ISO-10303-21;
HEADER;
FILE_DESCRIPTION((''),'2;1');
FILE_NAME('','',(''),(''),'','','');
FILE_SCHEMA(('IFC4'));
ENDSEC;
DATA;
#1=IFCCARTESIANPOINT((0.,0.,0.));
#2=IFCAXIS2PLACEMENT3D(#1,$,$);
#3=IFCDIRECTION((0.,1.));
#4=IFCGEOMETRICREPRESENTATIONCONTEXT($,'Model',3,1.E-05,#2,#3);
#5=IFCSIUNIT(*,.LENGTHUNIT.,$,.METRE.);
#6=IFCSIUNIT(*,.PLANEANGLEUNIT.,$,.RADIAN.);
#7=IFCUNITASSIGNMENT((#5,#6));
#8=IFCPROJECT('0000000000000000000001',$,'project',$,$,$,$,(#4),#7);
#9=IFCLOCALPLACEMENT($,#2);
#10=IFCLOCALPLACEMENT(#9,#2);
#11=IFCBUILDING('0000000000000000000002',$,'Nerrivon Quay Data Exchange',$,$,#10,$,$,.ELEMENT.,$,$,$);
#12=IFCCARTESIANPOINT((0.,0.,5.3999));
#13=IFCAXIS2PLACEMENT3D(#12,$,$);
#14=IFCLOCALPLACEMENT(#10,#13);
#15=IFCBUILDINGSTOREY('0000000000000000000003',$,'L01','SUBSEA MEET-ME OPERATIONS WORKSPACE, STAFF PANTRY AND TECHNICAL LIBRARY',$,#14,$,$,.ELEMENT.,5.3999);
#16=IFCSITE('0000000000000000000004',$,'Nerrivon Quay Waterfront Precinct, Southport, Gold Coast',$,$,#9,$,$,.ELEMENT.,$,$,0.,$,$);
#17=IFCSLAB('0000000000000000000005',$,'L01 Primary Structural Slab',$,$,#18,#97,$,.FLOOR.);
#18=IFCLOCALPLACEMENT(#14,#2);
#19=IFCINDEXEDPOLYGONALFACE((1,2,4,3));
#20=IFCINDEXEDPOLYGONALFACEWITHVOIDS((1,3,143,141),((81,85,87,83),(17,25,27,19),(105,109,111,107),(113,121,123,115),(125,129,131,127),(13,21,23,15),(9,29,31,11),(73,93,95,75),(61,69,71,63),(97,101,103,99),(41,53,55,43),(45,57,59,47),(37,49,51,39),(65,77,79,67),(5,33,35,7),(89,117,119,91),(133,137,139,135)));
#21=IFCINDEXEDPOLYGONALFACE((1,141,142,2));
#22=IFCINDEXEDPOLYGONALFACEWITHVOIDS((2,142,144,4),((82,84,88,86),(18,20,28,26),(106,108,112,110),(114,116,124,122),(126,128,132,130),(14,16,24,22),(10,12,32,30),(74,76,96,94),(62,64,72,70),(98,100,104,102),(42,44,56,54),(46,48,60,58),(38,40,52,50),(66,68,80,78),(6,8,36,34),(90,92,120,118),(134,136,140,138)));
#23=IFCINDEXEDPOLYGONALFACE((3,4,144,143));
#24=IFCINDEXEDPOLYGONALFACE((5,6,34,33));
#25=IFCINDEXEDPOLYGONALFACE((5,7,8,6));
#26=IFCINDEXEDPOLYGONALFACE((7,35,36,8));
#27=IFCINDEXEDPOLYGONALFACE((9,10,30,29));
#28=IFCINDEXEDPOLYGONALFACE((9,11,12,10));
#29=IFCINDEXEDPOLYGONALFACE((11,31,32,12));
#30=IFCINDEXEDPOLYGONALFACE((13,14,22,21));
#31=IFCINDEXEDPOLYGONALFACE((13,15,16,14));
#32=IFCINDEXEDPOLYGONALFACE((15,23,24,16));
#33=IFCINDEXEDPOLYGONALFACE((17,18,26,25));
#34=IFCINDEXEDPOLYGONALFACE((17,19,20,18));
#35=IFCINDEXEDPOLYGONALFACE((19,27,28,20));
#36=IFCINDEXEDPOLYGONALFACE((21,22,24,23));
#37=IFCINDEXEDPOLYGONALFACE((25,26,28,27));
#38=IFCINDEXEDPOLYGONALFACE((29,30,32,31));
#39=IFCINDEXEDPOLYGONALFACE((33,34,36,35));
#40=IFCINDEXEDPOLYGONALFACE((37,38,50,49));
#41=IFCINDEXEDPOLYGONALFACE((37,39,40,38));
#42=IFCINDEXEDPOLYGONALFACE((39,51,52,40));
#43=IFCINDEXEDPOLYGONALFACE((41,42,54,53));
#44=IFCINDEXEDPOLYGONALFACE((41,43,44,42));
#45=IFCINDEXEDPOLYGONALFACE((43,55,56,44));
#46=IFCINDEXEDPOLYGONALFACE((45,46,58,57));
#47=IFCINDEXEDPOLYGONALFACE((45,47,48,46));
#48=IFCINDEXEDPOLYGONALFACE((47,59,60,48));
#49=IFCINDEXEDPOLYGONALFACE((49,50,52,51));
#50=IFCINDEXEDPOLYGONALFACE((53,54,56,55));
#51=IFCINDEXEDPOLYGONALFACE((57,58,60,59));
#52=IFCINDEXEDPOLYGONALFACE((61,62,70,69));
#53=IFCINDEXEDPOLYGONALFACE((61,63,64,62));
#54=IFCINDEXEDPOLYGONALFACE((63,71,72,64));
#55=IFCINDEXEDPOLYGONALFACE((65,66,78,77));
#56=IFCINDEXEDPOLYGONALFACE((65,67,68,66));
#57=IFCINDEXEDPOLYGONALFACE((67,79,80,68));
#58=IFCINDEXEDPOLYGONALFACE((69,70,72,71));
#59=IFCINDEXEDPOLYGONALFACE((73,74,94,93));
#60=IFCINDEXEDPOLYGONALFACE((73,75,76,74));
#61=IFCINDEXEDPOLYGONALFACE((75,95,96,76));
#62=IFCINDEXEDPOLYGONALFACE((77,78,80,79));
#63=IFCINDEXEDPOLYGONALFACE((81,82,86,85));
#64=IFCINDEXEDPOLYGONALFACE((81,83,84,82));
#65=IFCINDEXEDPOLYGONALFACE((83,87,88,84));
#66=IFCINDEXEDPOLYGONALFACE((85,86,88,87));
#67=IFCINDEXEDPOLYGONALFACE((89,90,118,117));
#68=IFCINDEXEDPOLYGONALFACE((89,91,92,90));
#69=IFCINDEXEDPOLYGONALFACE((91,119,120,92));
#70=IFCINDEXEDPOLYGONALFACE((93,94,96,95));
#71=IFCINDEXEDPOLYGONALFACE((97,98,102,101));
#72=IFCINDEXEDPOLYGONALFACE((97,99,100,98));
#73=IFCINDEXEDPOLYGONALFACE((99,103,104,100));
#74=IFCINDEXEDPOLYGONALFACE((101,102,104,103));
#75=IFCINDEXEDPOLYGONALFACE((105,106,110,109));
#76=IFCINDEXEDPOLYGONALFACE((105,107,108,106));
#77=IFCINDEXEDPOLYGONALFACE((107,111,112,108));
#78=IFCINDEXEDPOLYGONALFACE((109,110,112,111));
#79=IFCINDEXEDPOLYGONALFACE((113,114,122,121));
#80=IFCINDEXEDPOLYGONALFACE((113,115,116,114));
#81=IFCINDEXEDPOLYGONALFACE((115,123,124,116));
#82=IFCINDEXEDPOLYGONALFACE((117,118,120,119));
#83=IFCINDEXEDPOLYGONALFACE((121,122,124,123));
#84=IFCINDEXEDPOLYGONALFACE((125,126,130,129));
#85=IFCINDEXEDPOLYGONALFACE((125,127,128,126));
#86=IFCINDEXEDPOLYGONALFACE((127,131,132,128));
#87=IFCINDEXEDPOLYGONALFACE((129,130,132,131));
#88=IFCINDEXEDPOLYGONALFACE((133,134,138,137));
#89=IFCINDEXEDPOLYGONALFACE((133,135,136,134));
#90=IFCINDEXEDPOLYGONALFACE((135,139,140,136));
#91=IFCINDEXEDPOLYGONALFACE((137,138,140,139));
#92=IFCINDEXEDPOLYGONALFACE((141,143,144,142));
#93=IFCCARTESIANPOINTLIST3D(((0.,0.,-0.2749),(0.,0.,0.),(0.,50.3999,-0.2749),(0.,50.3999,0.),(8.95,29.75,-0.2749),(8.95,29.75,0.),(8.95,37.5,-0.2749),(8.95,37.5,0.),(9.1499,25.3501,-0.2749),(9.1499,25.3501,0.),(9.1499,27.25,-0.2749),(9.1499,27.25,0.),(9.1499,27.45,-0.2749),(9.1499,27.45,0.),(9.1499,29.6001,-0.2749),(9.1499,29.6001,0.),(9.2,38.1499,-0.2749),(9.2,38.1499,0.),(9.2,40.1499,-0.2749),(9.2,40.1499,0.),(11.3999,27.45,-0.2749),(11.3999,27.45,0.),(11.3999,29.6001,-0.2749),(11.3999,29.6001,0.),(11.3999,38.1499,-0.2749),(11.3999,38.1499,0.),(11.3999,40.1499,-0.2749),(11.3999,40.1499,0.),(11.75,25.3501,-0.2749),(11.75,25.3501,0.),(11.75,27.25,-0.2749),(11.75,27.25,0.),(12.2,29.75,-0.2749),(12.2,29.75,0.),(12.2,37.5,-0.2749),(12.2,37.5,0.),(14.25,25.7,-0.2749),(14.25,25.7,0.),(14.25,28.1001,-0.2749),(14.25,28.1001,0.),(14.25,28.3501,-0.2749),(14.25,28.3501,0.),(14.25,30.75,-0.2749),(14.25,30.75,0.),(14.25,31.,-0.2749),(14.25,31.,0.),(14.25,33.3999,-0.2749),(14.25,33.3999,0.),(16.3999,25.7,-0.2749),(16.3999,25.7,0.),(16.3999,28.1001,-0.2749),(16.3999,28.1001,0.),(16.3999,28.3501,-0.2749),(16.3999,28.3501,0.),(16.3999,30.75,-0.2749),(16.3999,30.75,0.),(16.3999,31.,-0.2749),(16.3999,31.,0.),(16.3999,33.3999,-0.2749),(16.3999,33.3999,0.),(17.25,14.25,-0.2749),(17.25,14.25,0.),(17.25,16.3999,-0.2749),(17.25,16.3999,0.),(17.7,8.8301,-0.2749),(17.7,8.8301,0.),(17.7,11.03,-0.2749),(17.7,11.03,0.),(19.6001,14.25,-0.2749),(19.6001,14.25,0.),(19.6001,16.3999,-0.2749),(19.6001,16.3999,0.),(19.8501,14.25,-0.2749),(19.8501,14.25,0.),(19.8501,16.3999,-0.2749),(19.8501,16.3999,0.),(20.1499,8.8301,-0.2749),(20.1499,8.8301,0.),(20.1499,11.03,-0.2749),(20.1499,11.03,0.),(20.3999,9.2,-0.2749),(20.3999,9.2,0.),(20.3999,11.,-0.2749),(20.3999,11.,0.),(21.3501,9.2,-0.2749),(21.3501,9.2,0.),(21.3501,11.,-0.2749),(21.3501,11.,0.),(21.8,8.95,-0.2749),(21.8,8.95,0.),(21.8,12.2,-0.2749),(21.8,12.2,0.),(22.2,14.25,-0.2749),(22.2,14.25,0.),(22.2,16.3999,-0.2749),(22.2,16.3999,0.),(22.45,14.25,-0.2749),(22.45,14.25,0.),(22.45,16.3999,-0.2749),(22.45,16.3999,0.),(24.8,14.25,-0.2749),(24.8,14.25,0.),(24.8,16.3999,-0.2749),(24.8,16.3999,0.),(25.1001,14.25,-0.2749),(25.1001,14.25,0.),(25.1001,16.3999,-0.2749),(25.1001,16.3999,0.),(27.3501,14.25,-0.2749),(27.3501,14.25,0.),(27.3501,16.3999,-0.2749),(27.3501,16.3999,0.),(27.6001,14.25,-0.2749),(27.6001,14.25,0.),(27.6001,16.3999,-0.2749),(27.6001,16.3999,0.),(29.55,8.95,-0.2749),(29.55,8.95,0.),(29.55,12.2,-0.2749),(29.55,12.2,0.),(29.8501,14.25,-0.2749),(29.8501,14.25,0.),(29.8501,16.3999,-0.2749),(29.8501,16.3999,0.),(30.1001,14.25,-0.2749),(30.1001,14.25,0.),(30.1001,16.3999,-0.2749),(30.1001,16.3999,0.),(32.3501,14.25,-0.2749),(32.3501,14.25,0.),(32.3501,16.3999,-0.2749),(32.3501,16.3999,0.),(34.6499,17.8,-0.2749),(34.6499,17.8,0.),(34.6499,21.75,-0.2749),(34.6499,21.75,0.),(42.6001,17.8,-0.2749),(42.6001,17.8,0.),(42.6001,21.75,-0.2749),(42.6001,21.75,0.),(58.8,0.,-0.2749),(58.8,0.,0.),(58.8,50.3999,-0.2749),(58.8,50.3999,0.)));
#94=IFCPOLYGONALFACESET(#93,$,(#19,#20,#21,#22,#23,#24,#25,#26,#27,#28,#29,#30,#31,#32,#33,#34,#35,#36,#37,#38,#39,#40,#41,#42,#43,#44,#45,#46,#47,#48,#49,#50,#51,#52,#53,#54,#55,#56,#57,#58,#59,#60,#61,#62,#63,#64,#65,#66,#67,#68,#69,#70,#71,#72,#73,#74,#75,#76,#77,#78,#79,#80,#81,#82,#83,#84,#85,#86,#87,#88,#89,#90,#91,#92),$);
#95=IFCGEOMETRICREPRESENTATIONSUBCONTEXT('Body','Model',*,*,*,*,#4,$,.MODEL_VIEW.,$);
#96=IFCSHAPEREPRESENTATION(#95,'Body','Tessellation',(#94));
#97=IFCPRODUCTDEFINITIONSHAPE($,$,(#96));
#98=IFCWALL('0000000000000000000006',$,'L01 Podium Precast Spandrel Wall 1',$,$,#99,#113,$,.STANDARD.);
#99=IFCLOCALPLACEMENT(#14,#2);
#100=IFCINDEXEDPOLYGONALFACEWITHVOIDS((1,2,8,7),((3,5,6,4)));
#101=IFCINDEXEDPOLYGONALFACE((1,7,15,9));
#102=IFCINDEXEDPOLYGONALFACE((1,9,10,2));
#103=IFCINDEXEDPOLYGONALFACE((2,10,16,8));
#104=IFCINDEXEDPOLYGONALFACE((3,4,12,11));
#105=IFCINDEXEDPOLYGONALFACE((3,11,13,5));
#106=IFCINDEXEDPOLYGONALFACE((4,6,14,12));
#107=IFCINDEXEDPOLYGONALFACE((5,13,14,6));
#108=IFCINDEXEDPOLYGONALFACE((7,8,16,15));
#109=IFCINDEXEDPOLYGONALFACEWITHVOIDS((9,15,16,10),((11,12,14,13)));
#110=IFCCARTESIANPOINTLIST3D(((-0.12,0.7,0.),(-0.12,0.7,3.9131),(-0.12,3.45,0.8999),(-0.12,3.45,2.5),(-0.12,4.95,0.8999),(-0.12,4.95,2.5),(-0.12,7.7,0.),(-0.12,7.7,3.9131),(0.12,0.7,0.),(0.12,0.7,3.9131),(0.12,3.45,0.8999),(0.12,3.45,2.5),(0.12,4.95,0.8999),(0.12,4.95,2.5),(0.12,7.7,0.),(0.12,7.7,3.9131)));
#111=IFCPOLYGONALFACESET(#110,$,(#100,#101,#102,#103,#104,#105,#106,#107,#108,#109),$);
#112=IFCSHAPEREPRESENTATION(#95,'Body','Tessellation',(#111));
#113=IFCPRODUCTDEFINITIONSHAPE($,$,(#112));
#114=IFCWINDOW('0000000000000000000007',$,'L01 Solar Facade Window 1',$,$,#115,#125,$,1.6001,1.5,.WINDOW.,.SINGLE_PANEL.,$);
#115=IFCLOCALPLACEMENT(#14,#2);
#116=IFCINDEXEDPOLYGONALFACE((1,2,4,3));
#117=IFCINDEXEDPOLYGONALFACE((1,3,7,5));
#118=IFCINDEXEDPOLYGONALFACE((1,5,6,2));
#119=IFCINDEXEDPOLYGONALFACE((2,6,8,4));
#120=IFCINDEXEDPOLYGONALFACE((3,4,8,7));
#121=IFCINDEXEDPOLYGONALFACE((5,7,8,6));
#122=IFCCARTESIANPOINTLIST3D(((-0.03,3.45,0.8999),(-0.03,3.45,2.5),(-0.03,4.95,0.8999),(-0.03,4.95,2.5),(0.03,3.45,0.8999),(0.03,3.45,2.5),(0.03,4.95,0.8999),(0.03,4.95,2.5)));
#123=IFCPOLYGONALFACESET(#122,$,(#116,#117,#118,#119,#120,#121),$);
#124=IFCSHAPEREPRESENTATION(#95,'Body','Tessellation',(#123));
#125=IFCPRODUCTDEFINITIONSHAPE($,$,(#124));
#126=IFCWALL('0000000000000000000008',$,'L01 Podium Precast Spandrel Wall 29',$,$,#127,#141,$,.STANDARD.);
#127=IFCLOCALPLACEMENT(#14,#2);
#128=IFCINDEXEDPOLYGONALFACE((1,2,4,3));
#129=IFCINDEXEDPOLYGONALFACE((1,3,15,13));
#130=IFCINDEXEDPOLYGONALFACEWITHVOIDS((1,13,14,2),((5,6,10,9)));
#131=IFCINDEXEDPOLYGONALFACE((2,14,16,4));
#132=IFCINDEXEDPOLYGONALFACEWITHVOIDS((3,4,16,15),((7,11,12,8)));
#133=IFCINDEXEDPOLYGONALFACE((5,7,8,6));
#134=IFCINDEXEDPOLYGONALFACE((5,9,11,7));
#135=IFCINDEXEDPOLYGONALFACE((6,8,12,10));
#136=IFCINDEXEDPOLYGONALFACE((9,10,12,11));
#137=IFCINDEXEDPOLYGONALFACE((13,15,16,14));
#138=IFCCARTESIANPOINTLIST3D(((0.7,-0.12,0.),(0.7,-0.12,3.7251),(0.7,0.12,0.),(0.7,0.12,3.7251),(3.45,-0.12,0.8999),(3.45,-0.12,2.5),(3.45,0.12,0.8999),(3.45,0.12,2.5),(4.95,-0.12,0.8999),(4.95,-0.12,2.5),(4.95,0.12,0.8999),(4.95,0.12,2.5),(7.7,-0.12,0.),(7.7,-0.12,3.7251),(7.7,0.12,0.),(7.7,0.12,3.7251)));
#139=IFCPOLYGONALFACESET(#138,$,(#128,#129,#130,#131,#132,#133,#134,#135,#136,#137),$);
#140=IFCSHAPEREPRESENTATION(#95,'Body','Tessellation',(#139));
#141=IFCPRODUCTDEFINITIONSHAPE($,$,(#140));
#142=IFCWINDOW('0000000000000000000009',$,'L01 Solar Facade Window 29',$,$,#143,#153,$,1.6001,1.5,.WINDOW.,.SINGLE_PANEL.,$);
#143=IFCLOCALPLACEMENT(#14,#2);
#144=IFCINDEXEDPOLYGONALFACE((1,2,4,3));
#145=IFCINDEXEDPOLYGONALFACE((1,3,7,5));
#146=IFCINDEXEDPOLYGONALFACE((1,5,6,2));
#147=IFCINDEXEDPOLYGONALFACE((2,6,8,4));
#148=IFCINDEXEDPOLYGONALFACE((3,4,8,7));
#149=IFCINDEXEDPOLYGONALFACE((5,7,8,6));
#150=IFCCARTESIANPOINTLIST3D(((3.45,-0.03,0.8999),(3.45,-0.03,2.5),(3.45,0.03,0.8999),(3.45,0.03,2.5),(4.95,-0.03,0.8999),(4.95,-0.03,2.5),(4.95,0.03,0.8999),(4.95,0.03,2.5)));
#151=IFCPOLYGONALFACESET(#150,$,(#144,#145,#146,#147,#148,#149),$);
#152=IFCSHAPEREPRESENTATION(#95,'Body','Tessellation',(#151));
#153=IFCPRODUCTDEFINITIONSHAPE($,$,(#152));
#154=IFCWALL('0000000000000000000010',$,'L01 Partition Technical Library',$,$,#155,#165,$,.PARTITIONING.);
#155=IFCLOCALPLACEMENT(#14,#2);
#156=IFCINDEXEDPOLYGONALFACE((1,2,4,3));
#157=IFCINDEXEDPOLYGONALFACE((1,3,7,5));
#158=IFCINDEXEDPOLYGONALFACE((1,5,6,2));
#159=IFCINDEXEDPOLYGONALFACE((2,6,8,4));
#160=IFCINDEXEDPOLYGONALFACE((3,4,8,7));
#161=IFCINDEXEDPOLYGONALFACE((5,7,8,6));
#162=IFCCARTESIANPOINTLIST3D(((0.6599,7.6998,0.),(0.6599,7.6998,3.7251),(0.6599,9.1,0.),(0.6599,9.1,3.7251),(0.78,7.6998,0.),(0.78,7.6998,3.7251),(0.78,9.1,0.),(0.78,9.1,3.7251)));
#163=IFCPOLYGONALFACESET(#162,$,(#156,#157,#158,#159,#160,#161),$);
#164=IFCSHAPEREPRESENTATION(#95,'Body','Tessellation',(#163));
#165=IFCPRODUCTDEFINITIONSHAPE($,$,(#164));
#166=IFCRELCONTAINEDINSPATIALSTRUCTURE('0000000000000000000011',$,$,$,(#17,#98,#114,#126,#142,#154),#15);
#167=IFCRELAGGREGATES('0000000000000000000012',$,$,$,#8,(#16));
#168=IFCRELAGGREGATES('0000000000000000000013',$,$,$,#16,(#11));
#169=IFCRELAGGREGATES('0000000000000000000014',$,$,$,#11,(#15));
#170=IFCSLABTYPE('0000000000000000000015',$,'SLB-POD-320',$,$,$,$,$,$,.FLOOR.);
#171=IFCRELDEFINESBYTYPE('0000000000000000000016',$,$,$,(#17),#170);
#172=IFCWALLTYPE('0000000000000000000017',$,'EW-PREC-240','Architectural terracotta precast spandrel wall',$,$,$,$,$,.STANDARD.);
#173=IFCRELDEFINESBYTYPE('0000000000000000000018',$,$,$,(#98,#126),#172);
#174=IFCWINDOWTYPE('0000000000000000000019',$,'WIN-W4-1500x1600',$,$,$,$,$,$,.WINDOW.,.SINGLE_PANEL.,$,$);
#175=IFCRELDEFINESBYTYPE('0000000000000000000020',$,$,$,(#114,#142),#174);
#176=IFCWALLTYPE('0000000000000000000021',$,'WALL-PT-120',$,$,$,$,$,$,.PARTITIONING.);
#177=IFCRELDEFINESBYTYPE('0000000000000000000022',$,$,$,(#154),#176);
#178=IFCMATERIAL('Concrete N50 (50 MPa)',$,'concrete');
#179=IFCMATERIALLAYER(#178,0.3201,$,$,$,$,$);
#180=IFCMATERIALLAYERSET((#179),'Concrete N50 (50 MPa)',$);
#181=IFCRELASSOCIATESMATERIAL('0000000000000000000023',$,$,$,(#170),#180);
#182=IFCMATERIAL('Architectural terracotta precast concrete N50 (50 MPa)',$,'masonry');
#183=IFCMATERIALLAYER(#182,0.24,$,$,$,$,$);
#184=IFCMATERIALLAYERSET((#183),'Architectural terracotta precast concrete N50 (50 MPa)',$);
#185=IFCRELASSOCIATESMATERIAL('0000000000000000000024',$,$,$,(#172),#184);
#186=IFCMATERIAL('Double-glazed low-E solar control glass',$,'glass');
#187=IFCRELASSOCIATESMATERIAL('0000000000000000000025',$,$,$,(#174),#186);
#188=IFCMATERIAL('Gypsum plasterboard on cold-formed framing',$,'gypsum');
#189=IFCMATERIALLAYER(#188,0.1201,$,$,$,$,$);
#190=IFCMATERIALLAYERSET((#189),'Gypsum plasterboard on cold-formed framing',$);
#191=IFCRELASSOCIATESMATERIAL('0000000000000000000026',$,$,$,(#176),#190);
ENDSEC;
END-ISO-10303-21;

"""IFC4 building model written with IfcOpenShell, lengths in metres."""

from ifc_helpers import new_model, si_unit, direction, frame, frame_2d, origin, place, context, subcontext, project, spatial, polyline, rectangle, outline, extrude, material, layer, layer_set, type_object, element, fill, save


model = new_model("IFC4")

# Units and contexts
model_context = context("Model", 3, precision=1e-05, world=origin(), true_north=direction((0.0, 1.0)))
body_context = subcontext(model_context, "Body", "Model", "MODEL_VIEW")
ifc_project = project(units=[si_unit("LENGTHUNIT", "METRE"), si_unit("PLANEANGLEUNIT", "RADIAN")], contexts=[model_context])

# Site, building, storey
site_placement = place(None, origin())
site = spatial("IfcSite", under=ifc_project, at=site_placement, Name="Nerrivon Quay Waterfront Precinct, Southport, Gold Coast", CompositionType="ELEMENT", RefElevation=0.0)
building_placement = place(site_placement, origin())
building = spatial("IfcBuilding", under=site, at=building_placement, Name="Nerrivon Quay Data Exchange", CompositionType="ELEMENT")
storey_placement = place(building_placement, frame((0.0, 0.0, 5.3999)))
storey = spatial("IfcBuildingStorey", under=building, at=storey_placement, Name="L01", Description="SUBSEA MEET-ME OPERATIONS WORKSPACE, STAFF PANTRY AND TECHNICAL LIBRARY", CompositionType="ELEMENT", Elevation=5.3999)

# Shared definitions
ifc_material_1 = material(Name="Concrete N50 (50 MPa)", Category="concrete")

# Slab
ifc_layer_1 = layer(ifc_material_1, 0.3201)
ifc_layer_set_1 = layer_set([ifc_layer_1], Name="Concrete N50 (50 MPa)")
slab_type_1 = type_object("IfcSlabType", Name="SLB-POD-320", PredefinedType="FLOOR", material=ifc_layer_set_1)
slab_1_placement = place(storey_placement, frame((0.0, 0.0, -0.2749)))
element("IfcSlab", 1, at=slab_1_placement, inside=storey, type_object=slab_type_1, Name="L01 Primary Structural Slab", PredefinedType="FLOOR", context=body_context, shape_type="SweptSolid", body=[
    extrude(outline(polyline([(58.8, 0.0), (58.8, 50.3999), (0.0, 50.3999), (0.0, 0.0), (58.8, 0.0)]), holes=[polyline([(8.95, 29.75), (8.95, 37.5), (12.2, 37.5), (12.2, 29.75), (8.95, 29.75)]), polyline([(21.8, 12.2), (29.55, 12.2), (29.55, 8.95), (21.8, 8.95), (21.8, 12.2)]), polyline([(34.6499, 21.75), (42.6001, 21.75), (42.6001, 17.8), (34.6499, 17.8), (34.6499, 21.75)]), polyline([(30.1001, 16.3999), (32.3501, 16.3999), (32.3501, 14.25), (30.1001, 14.25), (30.1001, 16.3999)]), polyline([(27.6001, 16.3999), (29.8501, 16.3999), (29.8501, 14.25), (27.6001, 14.25), (27.6001, 16.3999)]), polyline([(25.1001, 16.3999), (27.3501, 16.3999), (27.3501, 14.25), (25.1001, 14.25), (25.1001, 16.3999)]), polyline([(22.45, 16.3999), (24.8, 16.3999), (24.8, 14.25), (22.45, 14.25), (22.45, 16.3999)]), polyline([(19.8501, 16.3999), (22.2, 16.3999), (22.2, 14.25), (19.8501, 14.25), (19.8501, 16.3999)]), polyline([(20.3999, 11.0), (21.3501, 11.0), (21.3501, 9.2), (20.3999, 9.2), (20.3999, 11.0)]), polyline([(17.7, 8.8301), (17.7, 11.03), (20.1499, 11.03), (20.1499, 8.8301), (17.7, 8.8301)]), polyline([(17.25, 14.25), (17.25, 16.3999), (19.6001, 16.3999), (19.6001, 14.25), (17.25, 14.25)]), polyline([(14.25, 28.1001), (16.3999, 28.1001), (16.3999, 25.7), (14.25, 25.7), (14.25, 28.1001)]), polyline([(14.25, 30.75), (16.3999, 30.75), (16.3999, 28.3501), (14.25, 28.3501), (14.25, 30.75)]), polyline([(14.25, 33.3999), (16.3999, 33.3999), (16.3999, 31.0), (14.25, 31.0), (14.25, 33.3999)]), polyline([(9.1499, 27.25), (11.75, 27.25), (11.75, 25.3501), (9.1499, 25.3501), (9.1499, 27.25)]), polyline([(9.1499, 29.6001), (11.3999, 29.6001), (11.3999, 27.45), (9.1499, 27.45), (9.1499, 29.6001)]), polyline([(9.2, 40.1499), (11.3999, 40.1499), (11.3999, 38.1499), (9.2, 38.1499), (9.2, 40.1499)])]), origin(), (0.0, 0.0, 1.0), 0.2749),
])

# Walls, openings, windows
ifc_material_2 = material(Name="Architectural terracotta precast concrete N50 (50 MPa)", Category="masonry")
ifc_layer_2 = layer(ifc_material_2, 0.24)
ifc_layer_set_2 = layer_set([ifc_layer_2], Name="Architectural terracotta precast concrete N50 (50 MPa)")
wall_type_1 = type_object("IfcWallType", Name="EW-PREC-240", Description="Architectural terracotta precast spandrel wall", PredefinedType="STANDARD", material=ifc_layer_set_2)
wall_1_placement = place(storey_placement, frame((0.0, 0.7, 0.0), z_axis=(0.0, 0.0, 1.0), x_axis=(0.0, 1.0, 0.0)))
wall_1 = element("IfcWall", 2, at=wall_1_placement, inside=storey, type_object=wall_type_1, Name="L01 Podium Precast Spandrel Wall 1", PredefinedType="STANDARD", context=body_context, shape_type="SweptSolid", body=[
    extrude(rectangle(XDim=7.0, YDim=0.24, at=frame_2d((3.5, 0.0))), origin(), (0.0, 0.0, 1.0), 3.9131),
])
opening_1_placement = place(wall_1_placement, frame((2.75, 0.0, 0.8999)))
opening_1 = element("IfcOpeningElement", 3, at=opening_1_placement, cuts=wall_1, PredefinedType="OPENING", context=body_context, shape_type="SweptSolid", body=[
    extrude(rectangle(XDim=1.5, YDim=1.6001, at=frame_2d((0.75, 0.8))), frame((0.0, 0.1299, 0.0), z_axis=(0.0, -1.0, 0.0), x_axis=(1.0, 0.0, 0.0)), (0.0, 0.0, 1.0), 0.26),
])
ifc_material_3 = material(Name="Double-glazed low-E solar control glass", Category="glass")
window_type = type_object("IfcWindowType", Name="WIN-W4-1500x1600", PartitioningType="SINGLE_PANEL", PredefinedType="WINDOW", material=ifc_material_3)
window_1_placement = place(opening_1_placement, origin())
window_1 = element("IfcWindow", 4, at=window_1_placement, inside=storey, type_object=window_type, Name="L01 Solar Facade Window 1", OverallHeight=1.6001, OverallWidth=1.5, PartitioningType="SINGLE_PANEL", PredefinedType="WINDOW", context=body_context, shape_type="SweptSolid", body=[
    extrude(rectangle(XDim=1.5, YDim=1.6001, at=frame_2d((0.75, 0.8))), frame((0.0, 0.03, 0.0), z_axis=(0.0, -1.0, 0.0), x_axis=(1.0, 0.0, 0.0)), (0.0, 0.0, 1.0), 0.0601),
])
fill(opening_1, window_1)
wall_2_placement = place(storey_placement, frame((7.7, 0.0, 0.0), z_axis=(0.0, 0.0, 1.0), x_axis=(-1.0, 0.0, 0.0)))
wall_2 = element("IfcWall", 5, at=wall_2_placement, inside=storey, type_object=wall_type_1, Name="L01 Podium Precast Spandrel Wall 29", PredefinedType="STANDARD", context=body_context, shape_type="SweptSolid", body=[
    extrude(rectangle(XDim=7.0, YDim=0.24, at=frame_2d((3.5, 0.0))), origin(), (0.0, 0.0, 1.0), 3.7251),
])
opening_2_placement = place(wall_2_placement, frame((2.75, 0.0, 0.8999)))
opening_2 = element("IfcOpeningElement", 6, at=opening_2_placement, cuts=wall_2, PredefinedType="OPENING", context=body_context, shape_type="SweptSolid", body=[
    extrude(rectangle(XDim=1.5, YDim=1.6001, at=frame_2d((0.75, 0.8))), frame((0.0, 0.1299, 0.0), z_axis=(0.0, -1.0, 0.0), x_axis=(1.0, 0.0, 0.0)), (0.0, 0.0, 1.0), 0.26),
])
window_2_placement = place(opening_2_placement, origin())
window_2 = element("IfcWindow", 7, at=window_2_placement, inside=storey, type_object=window_type, Name="L01 Solar Facade Window 29", OverallHeight=1.6001, OverallWidth=1.5, PartitioningType="SINGLE_PANEL", PredefinedType="WINDOW", context=body_context, shape_type="SweptSolid", body=[
    extrude(rectangle(XDim=1.5, YDim=1.6001, at=frame_2d((0.75, 0.8))), frame((0.0, 0.03, 0.0), z_axis=(0.0, -1.0, 0.0), x_axis=(1.0, 0.0, 0.0)), (0.0, 0.0, 1.0), 0.0601),
])
fill(opening_2, window_2)

# Wall
ifc_material_4 = material(Name="Gypsum plasterboard on cold-formed framing", Category="gypsum")
ifc_layer_3 = layer(ifc_material_4, 0.1201)
ifc_layer_set_3 = layer_set([ifc_layer_3], Name="Gypsum plasterboard on cold-formed framing")
wall_type_2 = type_object("IfcWallType", Name="WALL-PT-120", PredefinedType="PARTITIONING", material=ifc_layer_set_3)
wall_3_placement = place(storey_placement, frame((0.72, 9.1001, 0.0), z_axis=(0.0, 0.0, 1.0), x_axis=(0.0, -1.0, 0.0)))
element("IfcWall", 8, at=wall_3_placement, inside=storey, type_object=wall_type_2, Name="L01 Partition Technical Library", PredefinedType="PARTITIONING", context=body_context, shape_type="SweptSolid", body=[
    extrude(rectangle(XDim=1.4001, YDim=0.1201, at=frame_2d((0.7002, 0.0))), origin(), (0.0, 0.0, 1.0), 3.7251),
])

save(model, "model.ifc")
